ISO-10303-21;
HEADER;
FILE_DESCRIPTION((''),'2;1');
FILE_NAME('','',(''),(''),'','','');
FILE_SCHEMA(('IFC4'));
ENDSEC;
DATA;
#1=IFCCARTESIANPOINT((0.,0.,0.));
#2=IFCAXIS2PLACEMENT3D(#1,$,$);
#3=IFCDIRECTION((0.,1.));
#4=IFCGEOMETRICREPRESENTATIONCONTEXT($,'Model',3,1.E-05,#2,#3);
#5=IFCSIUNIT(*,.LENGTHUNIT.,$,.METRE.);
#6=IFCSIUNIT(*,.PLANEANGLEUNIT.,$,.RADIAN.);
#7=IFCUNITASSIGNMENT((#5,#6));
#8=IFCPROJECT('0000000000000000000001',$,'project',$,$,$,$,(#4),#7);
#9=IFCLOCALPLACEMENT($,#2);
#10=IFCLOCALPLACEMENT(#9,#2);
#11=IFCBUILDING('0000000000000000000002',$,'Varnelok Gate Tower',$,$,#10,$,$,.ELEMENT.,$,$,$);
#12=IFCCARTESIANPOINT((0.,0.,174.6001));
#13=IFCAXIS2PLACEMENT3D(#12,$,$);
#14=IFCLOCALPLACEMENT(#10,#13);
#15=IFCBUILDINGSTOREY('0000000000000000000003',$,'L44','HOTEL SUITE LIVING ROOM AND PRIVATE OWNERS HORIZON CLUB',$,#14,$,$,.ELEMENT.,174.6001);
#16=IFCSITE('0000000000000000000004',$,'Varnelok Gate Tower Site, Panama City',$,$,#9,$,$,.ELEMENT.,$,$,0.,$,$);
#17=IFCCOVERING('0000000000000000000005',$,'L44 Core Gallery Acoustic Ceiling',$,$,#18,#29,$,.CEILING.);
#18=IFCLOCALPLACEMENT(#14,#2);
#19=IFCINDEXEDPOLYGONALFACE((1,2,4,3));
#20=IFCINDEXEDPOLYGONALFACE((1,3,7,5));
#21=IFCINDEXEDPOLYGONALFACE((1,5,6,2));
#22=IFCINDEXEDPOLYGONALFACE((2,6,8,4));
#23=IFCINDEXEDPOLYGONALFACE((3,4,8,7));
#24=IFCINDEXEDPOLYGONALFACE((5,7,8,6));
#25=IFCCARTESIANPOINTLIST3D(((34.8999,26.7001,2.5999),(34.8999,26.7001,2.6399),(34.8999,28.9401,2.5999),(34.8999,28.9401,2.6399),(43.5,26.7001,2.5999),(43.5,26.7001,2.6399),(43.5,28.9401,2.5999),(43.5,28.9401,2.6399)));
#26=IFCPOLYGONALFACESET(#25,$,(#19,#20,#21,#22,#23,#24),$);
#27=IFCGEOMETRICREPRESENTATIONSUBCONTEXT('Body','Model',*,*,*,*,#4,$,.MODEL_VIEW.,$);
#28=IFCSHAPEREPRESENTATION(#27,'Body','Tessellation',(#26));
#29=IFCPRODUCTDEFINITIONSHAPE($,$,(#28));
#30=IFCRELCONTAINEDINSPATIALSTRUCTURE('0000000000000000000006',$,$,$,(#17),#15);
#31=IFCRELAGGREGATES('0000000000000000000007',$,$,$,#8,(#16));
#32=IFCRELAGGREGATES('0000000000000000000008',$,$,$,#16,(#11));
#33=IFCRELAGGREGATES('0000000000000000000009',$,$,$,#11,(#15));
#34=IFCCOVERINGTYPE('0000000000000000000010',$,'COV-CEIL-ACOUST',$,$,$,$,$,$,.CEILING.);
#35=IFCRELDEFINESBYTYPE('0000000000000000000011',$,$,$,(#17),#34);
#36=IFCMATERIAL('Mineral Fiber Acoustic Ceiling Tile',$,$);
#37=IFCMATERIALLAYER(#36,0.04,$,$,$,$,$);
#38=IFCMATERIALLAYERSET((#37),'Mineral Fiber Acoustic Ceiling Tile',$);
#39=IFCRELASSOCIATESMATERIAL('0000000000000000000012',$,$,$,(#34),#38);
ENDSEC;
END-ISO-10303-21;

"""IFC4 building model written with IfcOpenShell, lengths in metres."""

from ifc_helpers import new_model, si_unit, direction, frame, origin, origin_2d, place, context, subcontext, project, spatial, rectangle, extrude, source, transform, mapped, material, layer, layer_set, type_object, element, save


model = new_model("IFC4")

# Units and contexts
model_context = context("Model", 3, precision=1e-05, world=origin(), true_north=direction((0.0, 1.0)))
body_context = subcontext(model_context, "Body", "Model", "MODEL_VIEW")
ifc_project = project(units=[si_unit("LENGTHUNIT", "METRE"), si_unit("PLANEANGLEUNIT", "RADIAN")], contexts=[model_context])

# Site, building, storey
site_placement = place(None, origin())
site = spatial("IfcSite", under=ifc_project, at=site_placement, Name="Varnelok Gate Tower Site, Panama City", CompositionType="ELEMENT", RefElevation=0.0)
building_placement = place(site_placement, origin())
building = spatial("IfcBuilding", under=site, at=building_placement, Name="Varnelok Gate Tower", CompositionType="ELEMENT")
storey_placement = place(building_placement, frame((0.0, 0.0, 174.6001)))
storey = spatial("IfcBuildingStorey", under=building, at=storey_placement, Name="L44", Description="HOTEL SUITE LIVING ROOM AND PRIVATE OWNERS HORIZON CLUB", CompositionType="ELEMENT", Elevation=174.6001)

# Covering
ifc_material_1 = material(Name="Mineral Fiber Acoustic Ceiling Tile")
ifc_layer_1 = layer(ifc_material_1, 0.04)
ifc_layer_set_1 = layer_set([ifc_layer_1], Name="Mineral Fiber Acoustic Ceiling Tile")
covering_type_1 = type_object("IfcCoveringType", Name="COV-CEIL-ACOUST", PredefinedType="CEILING", material=ifc_layer_set_1)
shared_shape_1 = source(origin(), body_context, "Body", "SweptSolid", [
    extrude(rectangle(XDim=8.6001, YDim=2.24, at=origin_2d()), origin(), (0.0, 0.0, 1.0), 0.04),
])
covering_1_placement = place(storey_placement, frame((39.2, 27.8201, 2.5999), z_axis=(0.0, 0.0, 1.0), x_axis=(1.0, 0.0, 0.0)))
element("IfcCovering", 1, at=covering_1_placement, inside=storey, type_object=covering_type_1, Name="L44 Core Gallery Acoustic Ceiling", PredefinedType="CEILING", context=body_context, shape_type="MappedRepresentation", body=[
    mapped(shared_shape_1, transform((0.0, 0.0, 0.0), scale=1.0)),
])

save(model, "model.ifc")
